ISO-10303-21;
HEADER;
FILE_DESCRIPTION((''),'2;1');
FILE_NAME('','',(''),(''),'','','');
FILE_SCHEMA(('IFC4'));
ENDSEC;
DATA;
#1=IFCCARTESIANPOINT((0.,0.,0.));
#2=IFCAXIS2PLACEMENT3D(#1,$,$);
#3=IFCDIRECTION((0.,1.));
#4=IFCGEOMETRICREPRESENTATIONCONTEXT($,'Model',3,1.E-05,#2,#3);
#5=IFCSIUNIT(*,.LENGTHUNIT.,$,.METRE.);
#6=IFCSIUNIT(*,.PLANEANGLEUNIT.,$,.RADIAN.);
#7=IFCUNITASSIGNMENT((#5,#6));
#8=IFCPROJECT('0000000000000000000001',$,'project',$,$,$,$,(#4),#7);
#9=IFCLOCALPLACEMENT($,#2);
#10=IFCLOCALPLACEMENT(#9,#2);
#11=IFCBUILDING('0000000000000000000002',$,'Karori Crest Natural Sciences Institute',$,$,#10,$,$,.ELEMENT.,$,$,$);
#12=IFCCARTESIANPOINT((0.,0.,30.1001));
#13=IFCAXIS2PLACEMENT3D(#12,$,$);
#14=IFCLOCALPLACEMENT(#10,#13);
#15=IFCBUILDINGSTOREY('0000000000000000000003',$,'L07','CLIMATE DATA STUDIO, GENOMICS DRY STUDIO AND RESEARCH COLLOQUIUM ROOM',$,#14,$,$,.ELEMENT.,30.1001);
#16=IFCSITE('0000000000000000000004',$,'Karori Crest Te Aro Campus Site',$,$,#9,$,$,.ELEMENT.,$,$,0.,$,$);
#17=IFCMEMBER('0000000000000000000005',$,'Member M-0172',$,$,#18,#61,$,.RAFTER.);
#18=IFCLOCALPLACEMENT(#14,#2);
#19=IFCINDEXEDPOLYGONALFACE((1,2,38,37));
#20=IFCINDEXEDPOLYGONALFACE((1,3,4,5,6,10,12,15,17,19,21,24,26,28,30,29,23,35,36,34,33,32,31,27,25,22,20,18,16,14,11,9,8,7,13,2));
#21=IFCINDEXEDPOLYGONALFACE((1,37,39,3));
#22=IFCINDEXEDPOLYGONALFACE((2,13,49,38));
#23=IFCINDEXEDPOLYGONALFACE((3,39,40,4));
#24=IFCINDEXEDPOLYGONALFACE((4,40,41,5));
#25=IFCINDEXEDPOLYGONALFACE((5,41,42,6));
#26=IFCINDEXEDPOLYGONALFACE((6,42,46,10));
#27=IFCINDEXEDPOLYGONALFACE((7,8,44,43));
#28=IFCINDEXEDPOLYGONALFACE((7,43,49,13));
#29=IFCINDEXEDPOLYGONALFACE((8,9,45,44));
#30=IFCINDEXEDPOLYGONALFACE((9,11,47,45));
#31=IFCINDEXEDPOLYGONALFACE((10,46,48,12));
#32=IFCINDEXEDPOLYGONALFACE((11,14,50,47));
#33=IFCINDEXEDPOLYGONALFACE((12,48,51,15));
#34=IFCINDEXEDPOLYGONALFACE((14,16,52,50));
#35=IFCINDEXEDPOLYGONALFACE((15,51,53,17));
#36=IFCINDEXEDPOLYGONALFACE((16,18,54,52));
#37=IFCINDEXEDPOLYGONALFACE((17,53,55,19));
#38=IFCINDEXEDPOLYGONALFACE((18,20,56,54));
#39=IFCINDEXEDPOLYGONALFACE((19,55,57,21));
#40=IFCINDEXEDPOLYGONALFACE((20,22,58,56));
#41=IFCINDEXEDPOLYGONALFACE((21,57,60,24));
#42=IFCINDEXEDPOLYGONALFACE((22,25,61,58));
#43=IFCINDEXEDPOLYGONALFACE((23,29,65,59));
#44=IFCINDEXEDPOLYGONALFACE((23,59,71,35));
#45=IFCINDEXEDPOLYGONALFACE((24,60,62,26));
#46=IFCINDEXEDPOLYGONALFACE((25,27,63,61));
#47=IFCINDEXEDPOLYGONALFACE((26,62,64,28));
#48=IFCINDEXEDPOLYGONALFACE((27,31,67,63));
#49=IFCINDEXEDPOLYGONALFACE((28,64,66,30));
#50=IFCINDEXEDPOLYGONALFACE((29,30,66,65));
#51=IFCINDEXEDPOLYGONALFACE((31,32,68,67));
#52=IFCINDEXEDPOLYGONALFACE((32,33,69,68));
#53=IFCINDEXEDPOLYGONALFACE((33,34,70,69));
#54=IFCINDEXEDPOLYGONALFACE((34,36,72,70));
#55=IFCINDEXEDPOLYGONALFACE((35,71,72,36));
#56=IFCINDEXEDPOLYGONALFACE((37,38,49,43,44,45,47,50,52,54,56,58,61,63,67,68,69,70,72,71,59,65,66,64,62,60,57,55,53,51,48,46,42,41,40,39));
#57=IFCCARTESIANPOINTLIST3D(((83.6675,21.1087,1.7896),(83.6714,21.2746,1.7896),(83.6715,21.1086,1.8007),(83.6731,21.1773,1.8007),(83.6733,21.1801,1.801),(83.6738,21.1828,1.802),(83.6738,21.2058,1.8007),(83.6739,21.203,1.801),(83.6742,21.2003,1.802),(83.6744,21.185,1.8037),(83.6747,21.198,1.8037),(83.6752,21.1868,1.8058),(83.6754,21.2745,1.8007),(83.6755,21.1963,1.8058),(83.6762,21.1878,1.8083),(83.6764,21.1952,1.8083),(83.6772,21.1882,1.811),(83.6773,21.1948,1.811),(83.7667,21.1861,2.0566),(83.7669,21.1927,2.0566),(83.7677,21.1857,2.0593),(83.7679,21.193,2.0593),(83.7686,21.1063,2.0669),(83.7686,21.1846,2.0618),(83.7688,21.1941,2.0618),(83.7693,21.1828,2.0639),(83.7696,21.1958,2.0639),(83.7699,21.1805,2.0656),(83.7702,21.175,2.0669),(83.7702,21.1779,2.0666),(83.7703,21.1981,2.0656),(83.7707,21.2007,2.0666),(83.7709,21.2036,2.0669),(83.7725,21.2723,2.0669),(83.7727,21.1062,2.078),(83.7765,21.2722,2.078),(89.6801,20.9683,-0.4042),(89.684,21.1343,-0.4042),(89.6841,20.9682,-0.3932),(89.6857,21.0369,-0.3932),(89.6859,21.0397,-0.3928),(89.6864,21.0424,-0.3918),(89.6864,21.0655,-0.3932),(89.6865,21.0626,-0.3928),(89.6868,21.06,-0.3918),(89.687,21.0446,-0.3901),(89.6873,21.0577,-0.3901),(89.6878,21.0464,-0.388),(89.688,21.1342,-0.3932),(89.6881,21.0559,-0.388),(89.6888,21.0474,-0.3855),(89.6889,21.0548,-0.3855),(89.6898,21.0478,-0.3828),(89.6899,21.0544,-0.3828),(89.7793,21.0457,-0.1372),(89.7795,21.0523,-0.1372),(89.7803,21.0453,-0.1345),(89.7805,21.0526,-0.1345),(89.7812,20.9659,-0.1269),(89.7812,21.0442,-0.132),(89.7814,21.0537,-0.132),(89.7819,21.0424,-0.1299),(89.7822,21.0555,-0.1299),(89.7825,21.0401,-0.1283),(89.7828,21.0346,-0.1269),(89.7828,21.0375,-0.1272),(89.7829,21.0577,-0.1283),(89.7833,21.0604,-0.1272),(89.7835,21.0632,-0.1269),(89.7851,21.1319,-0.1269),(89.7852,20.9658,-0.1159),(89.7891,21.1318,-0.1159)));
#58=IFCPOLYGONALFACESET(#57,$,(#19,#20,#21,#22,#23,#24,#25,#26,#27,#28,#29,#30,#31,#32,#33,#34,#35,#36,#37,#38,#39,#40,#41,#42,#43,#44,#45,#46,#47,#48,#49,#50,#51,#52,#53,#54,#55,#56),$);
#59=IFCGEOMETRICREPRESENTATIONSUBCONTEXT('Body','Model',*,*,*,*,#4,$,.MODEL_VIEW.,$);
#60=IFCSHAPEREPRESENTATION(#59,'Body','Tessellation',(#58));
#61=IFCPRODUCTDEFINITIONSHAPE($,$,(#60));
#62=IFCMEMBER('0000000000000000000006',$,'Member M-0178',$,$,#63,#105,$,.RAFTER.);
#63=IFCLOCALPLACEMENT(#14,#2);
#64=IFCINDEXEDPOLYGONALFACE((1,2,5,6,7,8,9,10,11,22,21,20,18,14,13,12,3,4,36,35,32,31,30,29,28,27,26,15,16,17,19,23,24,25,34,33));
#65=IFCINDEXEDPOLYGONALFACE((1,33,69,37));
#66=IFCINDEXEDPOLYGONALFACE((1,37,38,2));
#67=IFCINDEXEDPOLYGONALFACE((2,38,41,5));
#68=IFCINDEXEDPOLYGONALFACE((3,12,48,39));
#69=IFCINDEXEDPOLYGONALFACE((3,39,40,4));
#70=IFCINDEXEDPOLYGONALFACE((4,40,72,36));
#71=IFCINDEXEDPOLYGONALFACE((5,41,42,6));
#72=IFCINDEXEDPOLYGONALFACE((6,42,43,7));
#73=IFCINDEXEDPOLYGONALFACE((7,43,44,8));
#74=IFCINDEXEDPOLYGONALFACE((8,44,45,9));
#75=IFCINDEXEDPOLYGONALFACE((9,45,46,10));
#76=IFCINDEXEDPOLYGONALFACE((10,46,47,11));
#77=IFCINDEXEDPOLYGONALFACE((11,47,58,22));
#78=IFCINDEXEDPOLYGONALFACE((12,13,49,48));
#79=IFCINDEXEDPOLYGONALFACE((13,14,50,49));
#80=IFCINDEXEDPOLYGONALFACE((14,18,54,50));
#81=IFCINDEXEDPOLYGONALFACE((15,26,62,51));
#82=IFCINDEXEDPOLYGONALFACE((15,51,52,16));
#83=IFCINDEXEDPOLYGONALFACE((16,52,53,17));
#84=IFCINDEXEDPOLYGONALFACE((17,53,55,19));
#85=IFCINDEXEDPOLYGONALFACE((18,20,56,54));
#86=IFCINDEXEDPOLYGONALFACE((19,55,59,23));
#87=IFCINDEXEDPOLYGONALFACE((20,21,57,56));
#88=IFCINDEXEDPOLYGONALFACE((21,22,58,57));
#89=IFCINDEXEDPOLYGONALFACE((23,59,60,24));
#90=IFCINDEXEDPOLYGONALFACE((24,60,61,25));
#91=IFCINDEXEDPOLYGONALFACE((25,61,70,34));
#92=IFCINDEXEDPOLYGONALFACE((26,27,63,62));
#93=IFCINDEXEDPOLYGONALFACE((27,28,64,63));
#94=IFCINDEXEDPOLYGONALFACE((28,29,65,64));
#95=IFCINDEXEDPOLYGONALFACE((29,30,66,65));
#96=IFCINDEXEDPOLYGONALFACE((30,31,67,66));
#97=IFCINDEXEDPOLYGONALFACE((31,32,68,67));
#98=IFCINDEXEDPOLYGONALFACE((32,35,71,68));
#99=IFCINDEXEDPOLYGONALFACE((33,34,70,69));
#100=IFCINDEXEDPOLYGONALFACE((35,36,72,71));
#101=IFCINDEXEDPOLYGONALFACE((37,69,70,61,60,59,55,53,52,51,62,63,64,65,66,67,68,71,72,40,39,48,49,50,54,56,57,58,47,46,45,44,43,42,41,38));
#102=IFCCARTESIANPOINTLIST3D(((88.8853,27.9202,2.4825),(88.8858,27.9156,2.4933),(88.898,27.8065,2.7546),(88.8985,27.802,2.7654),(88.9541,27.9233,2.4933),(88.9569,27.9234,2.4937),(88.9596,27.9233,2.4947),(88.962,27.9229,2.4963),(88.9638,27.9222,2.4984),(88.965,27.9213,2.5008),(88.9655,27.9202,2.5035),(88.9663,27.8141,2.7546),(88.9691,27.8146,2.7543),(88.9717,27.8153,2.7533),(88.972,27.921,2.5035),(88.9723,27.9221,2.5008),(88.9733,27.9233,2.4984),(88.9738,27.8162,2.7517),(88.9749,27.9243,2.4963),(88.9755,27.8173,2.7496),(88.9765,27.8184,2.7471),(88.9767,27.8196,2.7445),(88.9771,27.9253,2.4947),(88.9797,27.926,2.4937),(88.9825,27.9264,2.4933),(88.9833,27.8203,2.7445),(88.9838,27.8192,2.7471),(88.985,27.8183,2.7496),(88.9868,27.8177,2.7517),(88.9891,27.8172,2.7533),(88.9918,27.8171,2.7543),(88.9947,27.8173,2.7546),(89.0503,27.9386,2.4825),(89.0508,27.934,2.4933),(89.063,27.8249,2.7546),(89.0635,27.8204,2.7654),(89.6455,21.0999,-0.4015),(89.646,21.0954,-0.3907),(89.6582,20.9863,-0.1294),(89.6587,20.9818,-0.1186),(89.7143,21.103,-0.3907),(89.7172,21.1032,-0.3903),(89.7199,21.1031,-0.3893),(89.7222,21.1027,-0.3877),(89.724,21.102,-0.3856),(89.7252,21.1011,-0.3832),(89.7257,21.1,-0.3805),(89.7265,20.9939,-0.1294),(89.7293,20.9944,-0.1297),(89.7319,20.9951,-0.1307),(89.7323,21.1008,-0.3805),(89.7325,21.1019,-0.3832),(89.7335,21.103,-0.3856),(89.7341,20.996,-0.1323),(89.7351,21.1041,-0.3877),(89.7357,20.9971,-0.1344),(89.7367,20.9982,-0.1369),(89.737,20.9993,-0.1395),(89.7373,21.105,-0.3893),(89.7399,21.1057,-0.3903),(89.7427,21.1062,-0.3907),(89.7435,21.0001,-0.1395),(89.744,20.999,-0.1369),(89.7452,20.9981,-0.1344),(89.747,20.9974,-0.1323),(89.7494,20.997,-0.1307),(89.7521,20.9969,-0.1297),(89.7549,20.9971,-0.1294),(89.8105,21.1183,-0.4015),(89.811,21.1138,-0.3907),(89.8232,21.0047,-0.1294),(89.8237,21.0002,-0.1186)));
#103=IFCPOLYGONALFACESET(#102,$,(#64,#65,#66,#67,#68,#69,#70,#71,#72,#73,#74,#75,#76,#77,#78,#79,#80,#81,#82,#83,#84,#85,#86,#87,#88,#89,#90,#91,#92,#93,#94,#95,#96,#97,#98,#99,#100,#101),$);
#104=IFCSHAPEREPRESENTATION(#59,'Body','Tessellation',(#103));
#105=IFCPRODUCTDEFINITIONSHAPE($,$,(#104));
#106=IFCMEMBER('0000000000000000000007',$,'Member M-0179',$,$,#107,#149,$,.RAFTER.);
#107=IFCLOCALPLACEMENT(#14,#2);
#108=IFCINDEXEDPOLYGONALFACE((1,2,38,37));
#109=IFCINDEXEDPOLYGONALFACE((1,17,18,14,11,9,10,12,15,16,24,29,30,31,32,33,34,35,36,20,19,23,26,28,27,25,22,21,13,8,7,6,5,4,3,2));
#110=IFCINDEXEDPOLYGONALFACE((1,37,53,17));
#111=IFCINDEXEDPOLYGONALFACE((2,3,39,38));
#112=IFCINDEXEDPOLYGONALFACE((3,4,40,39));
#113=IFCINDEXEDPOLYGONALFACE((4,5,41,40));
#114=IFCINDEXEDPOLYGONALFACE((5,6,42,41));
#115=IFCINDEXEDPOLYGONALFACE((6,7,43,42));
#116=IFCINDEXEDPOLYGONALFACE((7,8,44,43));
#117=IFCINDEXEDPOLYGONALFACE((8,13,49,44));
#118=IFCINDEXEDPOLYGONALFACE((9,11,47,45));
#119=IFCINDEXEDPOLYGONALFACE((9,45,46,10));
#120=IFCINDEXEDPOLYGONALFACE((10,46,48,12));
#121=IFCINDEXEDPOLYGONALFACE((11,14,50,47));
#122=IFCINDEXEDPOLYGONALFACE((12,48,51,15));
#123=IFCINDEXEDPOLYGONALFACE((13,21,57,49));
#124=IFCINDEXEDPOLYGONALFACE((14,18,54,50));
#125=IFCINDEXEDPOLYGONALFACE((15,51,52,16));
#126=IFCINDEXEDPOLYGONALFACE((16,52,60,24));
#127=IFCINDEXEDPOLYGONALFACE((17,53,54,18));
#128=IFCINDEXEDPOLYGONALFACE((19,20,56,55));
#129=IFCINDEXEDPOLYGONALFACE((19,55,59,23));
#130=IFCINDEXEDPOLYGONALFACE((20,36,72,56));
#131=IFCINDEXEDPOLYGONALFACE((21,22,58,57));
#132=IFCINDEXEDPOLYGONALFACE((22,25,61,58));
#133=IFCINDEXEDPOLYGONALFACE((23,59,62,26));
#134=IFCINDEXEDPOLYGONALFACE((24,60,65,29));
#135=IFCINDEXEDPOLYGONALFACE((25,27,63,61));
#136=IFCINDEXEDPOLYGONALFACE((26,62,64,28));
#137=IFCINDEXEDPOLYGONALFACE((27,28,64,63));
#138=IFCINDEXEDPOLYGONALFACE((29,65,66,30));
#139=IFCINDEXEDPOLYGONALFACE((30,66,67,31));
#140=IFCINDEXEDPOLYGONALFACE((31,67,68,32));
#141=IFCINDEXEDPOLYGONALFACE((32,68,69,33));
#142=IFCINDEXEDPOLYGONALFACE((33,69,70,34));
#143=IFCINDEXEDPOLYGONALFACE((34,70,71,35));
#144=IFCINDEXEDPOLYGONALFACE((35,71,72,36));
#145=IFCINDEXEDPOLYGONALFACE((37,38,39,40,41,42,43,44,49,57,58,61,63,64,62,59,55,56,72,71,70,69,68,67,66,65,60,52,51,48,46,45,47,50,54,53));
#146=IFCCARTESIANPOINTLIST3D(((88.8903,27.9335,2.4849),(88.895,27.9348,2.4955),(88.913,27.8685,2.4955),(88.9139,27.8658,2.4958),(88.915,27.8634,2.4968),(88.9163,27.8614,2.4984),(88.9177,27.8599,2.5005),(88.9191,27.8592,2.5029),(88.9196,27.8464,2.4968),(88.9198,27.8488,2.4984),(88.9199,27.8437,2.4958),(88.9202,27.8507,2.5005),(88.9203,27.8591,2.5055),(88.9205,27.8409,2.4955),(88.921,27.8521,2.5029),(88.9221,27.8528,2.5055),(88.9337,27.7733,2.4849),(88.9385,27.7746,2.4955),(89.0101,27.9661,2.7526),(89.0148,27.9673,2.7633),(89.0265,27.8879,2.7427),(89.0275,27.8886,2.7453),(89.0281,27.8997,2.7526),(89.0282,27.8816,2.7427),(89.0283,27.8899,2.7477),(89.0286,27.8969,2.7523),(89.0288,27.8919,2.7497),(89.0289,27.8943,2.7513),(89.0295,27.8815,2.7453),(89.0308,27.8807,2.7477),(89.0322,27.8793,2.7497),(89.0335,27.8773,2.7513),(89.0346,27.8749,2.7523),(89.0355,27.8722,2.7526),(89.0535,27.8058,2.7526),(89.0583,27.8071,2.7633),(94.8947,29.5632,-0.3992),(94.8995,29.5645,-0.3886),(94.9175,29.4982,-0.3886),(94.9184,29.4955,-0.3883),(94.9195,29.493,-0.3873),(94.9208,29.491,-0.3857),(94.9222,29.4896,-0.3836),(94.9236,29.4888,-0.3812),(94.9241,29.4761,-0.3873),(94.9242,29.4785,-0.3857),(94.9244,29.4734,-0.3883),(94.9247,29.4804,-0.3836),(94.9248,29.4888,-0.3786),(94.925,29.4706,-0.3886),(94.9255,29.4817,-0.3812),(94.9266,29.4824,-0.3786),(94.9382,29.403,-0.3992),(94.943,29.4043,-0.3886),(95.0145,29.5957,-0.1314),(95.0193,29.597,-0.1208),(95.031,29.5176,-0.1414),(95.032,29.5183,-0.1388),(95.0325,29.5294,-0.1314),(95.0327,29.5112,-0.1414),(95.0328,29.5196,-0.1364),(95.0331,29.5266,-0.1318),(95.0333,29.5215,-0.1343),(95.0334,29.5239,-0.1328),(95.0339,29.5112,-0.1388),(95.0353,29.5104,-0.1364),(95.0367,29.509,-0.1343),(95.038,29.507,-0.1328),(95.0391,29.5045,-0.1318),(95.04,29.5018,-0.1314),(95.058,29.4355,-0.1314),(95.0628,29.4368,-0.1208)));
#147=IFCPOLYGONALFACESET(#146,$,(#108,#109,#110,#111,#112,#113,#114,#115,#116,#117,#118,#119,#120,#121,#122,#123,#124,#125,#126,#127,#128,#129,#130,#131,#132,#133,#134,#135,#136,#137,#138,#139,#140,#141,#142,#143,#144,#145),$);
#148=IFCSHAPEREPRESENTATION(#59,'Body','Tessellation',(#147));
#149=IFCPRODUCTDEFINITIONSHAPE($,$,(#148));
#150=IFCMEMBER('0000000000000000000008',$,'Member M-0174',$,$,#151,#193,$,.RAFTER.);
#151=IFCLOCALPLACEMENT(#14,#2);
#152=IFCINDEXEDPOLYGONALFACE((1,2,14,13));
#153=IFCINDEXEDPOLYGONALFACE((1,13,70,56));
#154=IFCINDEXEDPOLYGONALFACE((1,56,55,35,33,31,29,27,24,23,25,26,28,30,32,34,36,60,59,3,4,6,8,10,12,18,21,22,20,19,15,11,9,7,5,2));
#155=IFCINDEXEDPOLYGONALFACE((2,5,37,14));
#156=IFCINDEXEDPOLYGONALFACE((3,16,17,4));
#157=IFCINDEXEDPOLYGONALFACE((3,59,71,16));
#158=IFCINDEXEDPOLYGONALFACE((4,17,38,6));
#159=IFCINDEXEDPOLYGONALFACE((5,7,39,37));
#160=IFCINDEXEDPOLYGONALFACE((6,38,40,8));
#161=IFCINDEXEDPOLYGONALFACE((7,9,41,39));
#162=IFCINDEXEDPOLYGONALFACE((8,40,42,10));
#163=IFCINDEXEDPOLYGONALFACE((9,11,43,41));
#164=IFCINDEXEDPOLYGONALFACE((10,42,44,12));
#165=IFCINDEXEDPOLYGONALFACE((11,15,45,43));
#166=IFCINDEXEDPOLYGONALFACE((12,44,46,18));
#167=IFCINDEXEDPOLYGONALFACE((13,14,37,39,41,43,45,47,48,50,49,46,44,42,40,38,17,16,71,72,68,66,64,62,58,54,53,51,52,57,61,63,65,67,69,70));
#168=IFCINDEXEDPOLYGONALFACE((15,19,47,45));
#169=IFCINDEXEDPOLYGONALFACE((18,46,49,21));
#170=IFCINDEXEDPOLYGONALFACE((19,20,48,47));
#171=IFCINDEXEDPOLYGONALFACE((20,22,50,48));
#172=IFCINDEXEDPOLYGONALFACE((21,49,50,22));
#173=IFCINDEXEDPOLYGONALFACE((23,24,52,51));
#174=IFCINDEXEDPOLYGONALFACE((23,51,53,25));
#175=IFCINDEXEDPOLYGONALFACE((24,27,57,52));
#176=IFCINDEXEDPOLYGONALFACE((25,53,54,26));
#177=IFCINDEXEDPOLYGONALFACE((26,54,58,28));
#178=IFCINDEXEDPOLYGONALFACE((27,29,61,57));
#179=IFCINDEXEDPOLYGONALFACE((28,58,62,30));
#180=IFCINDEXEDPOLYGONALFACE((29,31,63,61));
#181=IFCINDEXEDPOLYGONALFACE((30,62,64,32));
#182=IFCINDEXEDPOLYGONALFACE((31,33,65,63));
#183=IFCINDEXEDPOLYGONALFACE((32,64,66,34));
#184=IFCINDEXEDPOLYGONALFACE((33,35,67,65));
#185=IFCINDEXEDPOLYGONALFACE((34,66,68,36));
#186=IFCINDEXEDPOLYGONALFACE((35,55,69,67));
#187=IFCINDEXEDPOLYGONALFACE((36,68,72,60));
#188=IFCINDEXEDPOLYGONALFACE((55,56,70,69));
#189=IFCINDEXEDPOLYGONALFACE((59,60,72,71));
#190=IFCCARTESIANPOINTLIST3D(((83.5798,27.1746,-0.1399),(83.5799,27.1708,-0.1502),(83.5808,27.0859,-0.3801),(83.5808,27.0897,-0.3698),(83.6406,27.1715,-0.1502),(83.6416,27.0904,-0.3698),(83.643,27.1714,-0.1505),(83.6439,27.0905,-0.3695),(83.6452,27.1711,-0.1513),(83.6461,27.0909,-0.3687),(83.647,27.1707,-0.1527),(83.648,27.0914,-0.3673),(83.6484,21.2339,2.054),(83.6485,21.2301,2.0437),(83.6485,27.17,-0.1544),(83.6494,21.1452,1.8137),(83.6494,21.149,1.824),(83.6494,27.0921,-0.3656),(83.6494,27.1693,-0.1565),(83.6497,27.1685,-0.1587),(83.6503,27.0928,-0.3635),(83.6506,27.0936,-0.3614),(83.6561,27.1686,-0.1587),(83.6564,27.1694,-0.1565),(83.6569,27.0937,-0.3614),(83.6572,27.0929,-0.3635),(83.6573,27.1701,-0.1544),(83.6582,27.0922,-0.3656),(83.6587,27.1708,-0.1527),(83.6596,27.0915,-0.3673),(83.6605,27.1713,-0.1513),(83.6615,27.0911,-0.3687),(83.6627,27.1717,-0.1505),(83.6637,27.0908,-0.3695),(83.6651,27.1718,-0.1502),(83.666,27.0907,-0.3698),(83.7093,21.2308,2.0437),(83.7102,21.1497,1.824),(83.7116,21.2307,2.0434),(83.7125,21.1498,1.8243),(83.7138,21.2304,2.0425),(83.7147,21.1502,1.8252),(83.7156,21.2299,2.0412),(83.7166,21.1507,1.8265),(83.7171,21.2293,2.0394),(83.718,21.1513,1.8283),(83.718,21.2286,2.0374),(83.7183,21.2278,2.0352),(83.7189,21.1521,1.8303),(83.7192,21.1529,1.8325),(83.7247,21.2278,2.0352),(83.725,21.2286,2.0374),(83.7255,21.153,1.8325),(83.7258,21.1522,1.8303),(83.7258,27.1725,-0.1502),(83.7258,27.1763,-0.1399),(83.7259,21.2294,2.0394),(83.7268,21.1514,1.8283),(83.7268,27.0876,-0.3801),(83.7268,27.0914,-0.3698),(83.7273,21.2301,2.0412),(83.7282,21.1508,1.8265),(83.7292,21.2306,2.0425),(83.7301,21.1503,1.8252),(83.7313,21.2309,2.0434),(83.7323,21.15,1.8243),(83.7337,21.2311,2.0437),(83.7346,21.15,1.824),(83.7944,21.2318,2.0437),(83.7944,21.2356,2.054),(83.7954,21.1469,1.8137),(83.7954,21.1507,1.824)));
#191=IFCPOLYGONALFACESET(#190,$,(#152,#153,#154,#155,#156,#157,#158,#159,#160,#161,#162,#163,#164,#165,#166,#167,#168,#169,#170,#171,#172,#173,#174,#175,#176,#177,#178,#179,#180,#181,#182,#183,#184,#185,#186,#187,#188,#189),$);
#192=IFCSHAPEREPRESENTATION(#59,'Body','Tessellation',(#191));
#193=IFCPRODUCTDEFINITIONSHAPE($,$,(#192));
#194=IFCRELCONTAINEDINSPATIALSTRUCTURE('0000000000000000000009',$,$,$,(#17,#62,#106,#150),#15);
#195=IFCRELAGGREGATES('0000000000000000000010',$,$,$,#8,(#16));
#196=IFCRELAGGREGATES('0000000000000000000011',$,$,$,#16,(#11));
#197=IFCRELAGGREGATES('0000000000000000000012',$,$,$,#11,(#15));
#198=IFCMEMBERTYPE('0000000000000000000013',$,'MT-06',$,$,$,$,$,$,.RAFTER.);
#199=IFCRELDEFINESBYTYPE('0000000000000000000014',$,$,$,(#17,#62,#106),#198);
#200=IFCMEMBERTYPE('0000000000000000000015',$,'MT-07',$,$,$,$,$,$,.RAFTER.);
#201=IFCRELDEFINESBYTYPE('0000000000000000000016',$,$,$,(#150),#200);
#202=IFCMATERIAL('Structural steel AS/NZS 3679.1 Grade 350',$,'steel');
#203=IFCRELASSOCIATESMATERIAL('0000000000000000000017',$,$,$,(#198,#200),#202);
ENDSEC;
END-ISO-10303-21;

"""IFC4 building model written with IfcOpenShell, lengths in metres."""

from ifc_helpers import new_model, si_unit, direction, frame, origin, origin_2d, place, context, subcontext, project, spatial, i_section, extrude, material, material_profile, profile_set, type_object, element, save


model = new_model("IFC4")

# Units and contexts
model_context = context("Model", 3, precision=1e-05, world=origin(), true_north=direction((0.0, 1.0)))
body_context = subcontext(model_context, "Body", "Model", "MODEL_VIEW")
ifc_project = project(units=[si_unit("LENGTHUNIT", "METRE"), si_unit("PLANEANGLEUNIT", "RADIAN")], contexts=[model_context])

# Site, building, storey
site_placement = place(None, origin())
site = spatial("IfcSite", under=ifc_project, at=site_placement, Name="Karori Crest Te Aro Campus Site", CompositionType="ELEMENT", RefElevation=0.0)
building_placement = place(site_placement, origin())
building = spatial("IfcBuilding", under=site, at=building_placement, Name="Karori Crest Natural Sciences Institute", CompositionType="ELEMENT")
storey_placement = place(building_placement, frame((0.0, 0.0, 30.1001)))
storey = spatial("IfcBuildingStorey", under=building, at=storey_placement, Name="L07", Description="CLIMATE DATA STUDIO, GENOMICS DRY STUDIO AND RESEARCH COLLOQUIUM ROOM", CompositionType="ELEMENT", Elevation=30.1001)

# Shared definitions
ifc_material_1 = material(Name="Structural steel AS/NZS 3679.1 Grade 350", Category="steel")

# Members
ifc_material_profile_1 = material_profile(ifc_material_1, i_section(OverallWidth=0.166, OverallDepth=0.3069, WebThickness=0.0066, FlangeThickness=0.0117, FilletRadius=0.011, at=origin_2d()), Name="310UB46.2")
ifc_profile_set_1 = profile_set([ifc_material_profile_1], Name="Structural steel AS/NZS 3679.1 Grade 350")
member_type_1 = type_object("IfcMemberType", Name="MT-06", PredefinedType="RAFTER", material=ifc_profile_set_1)
member_1_placement = place(storey_placement, frame((89.7346, 21.05, -0.26), z_axis=(-0.939195, 0.021928, 0.342683), x_axis=(-0.023341, -0.999728, 0.0)))
element("IfcMember", 1, at=member_1_placement, inside=storey, type_object=member_type_1, Name="Member M-0172", PredefinedType="RAFTER", context=body_context, shape_type="SweptSolid", body=[
    extrude(i_section(OverallWidth=0.166, OverallDepth=0.3069, WebThickness=0.0066, FlangeThickness=0.0117, FilletRadius=0.011, at=origin_2d()), origin(), (0.0, 0.0, 1.0), 6.4019),
])
member_2_placement = place(storey_placement, frame((89.7346, 21.05, -0.26), z_axis=(-0.102131, 0.916223, 0.387434), x_axis=(-0.993845, -0.110783, 0.0)))
element("IfcMember", 2, at=member_2_placement, inside=storey, type_object=member_type_1, Name="Member M-0178", PredefinedType="RAFTER", context=body_context, shape_type="SweptSolid", body=[
    extrude(i_section(OverallWidth=0.166, OverallDepth=0.3069, WebThickness=0.0066, FlangeThickness=0.0117, FilletRadius=0.011, at=origin_2d()), origin(), (0.0, 0.0, 1.0), 7.4438),
])
member_3_placement = place(storey_placement, frame((94.9788, 29.5, -0.26), z_axis=(-0.875588, -0.237641, 0.420563), x_axis=(0.261932, -0.965086, 0.0)))
element("IfcMember", 3, at=member_3_placement, inside=storey, type_object=member_type_1, Name="Member M-0179", PredefinedType="RAFTER", context=body_context, shape_type="SweptSolid", body=[
    extrude(i_section(OverallWidth=0.166, OverallDepth=0.3069, WebThickness=0.0066, FlangeThickness=0.0117, FilletRadius=0.011, at=origin_2d()), origin(), (0.0, 0.0, 1.0), 6.8577),
])
ifc_material_profile_2 = material_profile(ifc_material_1, i_section(OverallWidth=0.146, OverallDepth=0.2561, WebThickness=0.0063, FlangeThickness=0.011, FilletRadius=0.009, at=origin_2d()), Name="250UB37.3")
ifc_profile_set_2 = profile_set([ifc_material_profile_2], Name="Structural steel AS/NZS 3679.1 Grade 350")
member_type_2 = type_object("IfcMemberType", Name="MT-07", PredefinedType="RAFTER", material=ifc_profile_set_2)
member_4_placement = place(storey_placement, frame((83.6533, 27.1311, -0.26), z_axis=(0.010832, -0.938023, 0.346405), x_axis=(0.999933, 0.011547, 0.0)))
element("IfcMember", 4, at=member_4_placement, inside=storey, type_object=member_type_2, Name="Member M-0174", PredefinedType="RAFTER", context=body_context, shape_type="SweptSolid", body=[
    extrude(i_section(OverallWidth=0.146, OverallDepth=0.2561, WebThickness=0.0063, FlangeThickness=0.011, FilletRadius=0.009, at=origin_2d()), origin(), (0.0, 0.0, 1.0), 6.3333),
])

save(model, "model.ifc")
